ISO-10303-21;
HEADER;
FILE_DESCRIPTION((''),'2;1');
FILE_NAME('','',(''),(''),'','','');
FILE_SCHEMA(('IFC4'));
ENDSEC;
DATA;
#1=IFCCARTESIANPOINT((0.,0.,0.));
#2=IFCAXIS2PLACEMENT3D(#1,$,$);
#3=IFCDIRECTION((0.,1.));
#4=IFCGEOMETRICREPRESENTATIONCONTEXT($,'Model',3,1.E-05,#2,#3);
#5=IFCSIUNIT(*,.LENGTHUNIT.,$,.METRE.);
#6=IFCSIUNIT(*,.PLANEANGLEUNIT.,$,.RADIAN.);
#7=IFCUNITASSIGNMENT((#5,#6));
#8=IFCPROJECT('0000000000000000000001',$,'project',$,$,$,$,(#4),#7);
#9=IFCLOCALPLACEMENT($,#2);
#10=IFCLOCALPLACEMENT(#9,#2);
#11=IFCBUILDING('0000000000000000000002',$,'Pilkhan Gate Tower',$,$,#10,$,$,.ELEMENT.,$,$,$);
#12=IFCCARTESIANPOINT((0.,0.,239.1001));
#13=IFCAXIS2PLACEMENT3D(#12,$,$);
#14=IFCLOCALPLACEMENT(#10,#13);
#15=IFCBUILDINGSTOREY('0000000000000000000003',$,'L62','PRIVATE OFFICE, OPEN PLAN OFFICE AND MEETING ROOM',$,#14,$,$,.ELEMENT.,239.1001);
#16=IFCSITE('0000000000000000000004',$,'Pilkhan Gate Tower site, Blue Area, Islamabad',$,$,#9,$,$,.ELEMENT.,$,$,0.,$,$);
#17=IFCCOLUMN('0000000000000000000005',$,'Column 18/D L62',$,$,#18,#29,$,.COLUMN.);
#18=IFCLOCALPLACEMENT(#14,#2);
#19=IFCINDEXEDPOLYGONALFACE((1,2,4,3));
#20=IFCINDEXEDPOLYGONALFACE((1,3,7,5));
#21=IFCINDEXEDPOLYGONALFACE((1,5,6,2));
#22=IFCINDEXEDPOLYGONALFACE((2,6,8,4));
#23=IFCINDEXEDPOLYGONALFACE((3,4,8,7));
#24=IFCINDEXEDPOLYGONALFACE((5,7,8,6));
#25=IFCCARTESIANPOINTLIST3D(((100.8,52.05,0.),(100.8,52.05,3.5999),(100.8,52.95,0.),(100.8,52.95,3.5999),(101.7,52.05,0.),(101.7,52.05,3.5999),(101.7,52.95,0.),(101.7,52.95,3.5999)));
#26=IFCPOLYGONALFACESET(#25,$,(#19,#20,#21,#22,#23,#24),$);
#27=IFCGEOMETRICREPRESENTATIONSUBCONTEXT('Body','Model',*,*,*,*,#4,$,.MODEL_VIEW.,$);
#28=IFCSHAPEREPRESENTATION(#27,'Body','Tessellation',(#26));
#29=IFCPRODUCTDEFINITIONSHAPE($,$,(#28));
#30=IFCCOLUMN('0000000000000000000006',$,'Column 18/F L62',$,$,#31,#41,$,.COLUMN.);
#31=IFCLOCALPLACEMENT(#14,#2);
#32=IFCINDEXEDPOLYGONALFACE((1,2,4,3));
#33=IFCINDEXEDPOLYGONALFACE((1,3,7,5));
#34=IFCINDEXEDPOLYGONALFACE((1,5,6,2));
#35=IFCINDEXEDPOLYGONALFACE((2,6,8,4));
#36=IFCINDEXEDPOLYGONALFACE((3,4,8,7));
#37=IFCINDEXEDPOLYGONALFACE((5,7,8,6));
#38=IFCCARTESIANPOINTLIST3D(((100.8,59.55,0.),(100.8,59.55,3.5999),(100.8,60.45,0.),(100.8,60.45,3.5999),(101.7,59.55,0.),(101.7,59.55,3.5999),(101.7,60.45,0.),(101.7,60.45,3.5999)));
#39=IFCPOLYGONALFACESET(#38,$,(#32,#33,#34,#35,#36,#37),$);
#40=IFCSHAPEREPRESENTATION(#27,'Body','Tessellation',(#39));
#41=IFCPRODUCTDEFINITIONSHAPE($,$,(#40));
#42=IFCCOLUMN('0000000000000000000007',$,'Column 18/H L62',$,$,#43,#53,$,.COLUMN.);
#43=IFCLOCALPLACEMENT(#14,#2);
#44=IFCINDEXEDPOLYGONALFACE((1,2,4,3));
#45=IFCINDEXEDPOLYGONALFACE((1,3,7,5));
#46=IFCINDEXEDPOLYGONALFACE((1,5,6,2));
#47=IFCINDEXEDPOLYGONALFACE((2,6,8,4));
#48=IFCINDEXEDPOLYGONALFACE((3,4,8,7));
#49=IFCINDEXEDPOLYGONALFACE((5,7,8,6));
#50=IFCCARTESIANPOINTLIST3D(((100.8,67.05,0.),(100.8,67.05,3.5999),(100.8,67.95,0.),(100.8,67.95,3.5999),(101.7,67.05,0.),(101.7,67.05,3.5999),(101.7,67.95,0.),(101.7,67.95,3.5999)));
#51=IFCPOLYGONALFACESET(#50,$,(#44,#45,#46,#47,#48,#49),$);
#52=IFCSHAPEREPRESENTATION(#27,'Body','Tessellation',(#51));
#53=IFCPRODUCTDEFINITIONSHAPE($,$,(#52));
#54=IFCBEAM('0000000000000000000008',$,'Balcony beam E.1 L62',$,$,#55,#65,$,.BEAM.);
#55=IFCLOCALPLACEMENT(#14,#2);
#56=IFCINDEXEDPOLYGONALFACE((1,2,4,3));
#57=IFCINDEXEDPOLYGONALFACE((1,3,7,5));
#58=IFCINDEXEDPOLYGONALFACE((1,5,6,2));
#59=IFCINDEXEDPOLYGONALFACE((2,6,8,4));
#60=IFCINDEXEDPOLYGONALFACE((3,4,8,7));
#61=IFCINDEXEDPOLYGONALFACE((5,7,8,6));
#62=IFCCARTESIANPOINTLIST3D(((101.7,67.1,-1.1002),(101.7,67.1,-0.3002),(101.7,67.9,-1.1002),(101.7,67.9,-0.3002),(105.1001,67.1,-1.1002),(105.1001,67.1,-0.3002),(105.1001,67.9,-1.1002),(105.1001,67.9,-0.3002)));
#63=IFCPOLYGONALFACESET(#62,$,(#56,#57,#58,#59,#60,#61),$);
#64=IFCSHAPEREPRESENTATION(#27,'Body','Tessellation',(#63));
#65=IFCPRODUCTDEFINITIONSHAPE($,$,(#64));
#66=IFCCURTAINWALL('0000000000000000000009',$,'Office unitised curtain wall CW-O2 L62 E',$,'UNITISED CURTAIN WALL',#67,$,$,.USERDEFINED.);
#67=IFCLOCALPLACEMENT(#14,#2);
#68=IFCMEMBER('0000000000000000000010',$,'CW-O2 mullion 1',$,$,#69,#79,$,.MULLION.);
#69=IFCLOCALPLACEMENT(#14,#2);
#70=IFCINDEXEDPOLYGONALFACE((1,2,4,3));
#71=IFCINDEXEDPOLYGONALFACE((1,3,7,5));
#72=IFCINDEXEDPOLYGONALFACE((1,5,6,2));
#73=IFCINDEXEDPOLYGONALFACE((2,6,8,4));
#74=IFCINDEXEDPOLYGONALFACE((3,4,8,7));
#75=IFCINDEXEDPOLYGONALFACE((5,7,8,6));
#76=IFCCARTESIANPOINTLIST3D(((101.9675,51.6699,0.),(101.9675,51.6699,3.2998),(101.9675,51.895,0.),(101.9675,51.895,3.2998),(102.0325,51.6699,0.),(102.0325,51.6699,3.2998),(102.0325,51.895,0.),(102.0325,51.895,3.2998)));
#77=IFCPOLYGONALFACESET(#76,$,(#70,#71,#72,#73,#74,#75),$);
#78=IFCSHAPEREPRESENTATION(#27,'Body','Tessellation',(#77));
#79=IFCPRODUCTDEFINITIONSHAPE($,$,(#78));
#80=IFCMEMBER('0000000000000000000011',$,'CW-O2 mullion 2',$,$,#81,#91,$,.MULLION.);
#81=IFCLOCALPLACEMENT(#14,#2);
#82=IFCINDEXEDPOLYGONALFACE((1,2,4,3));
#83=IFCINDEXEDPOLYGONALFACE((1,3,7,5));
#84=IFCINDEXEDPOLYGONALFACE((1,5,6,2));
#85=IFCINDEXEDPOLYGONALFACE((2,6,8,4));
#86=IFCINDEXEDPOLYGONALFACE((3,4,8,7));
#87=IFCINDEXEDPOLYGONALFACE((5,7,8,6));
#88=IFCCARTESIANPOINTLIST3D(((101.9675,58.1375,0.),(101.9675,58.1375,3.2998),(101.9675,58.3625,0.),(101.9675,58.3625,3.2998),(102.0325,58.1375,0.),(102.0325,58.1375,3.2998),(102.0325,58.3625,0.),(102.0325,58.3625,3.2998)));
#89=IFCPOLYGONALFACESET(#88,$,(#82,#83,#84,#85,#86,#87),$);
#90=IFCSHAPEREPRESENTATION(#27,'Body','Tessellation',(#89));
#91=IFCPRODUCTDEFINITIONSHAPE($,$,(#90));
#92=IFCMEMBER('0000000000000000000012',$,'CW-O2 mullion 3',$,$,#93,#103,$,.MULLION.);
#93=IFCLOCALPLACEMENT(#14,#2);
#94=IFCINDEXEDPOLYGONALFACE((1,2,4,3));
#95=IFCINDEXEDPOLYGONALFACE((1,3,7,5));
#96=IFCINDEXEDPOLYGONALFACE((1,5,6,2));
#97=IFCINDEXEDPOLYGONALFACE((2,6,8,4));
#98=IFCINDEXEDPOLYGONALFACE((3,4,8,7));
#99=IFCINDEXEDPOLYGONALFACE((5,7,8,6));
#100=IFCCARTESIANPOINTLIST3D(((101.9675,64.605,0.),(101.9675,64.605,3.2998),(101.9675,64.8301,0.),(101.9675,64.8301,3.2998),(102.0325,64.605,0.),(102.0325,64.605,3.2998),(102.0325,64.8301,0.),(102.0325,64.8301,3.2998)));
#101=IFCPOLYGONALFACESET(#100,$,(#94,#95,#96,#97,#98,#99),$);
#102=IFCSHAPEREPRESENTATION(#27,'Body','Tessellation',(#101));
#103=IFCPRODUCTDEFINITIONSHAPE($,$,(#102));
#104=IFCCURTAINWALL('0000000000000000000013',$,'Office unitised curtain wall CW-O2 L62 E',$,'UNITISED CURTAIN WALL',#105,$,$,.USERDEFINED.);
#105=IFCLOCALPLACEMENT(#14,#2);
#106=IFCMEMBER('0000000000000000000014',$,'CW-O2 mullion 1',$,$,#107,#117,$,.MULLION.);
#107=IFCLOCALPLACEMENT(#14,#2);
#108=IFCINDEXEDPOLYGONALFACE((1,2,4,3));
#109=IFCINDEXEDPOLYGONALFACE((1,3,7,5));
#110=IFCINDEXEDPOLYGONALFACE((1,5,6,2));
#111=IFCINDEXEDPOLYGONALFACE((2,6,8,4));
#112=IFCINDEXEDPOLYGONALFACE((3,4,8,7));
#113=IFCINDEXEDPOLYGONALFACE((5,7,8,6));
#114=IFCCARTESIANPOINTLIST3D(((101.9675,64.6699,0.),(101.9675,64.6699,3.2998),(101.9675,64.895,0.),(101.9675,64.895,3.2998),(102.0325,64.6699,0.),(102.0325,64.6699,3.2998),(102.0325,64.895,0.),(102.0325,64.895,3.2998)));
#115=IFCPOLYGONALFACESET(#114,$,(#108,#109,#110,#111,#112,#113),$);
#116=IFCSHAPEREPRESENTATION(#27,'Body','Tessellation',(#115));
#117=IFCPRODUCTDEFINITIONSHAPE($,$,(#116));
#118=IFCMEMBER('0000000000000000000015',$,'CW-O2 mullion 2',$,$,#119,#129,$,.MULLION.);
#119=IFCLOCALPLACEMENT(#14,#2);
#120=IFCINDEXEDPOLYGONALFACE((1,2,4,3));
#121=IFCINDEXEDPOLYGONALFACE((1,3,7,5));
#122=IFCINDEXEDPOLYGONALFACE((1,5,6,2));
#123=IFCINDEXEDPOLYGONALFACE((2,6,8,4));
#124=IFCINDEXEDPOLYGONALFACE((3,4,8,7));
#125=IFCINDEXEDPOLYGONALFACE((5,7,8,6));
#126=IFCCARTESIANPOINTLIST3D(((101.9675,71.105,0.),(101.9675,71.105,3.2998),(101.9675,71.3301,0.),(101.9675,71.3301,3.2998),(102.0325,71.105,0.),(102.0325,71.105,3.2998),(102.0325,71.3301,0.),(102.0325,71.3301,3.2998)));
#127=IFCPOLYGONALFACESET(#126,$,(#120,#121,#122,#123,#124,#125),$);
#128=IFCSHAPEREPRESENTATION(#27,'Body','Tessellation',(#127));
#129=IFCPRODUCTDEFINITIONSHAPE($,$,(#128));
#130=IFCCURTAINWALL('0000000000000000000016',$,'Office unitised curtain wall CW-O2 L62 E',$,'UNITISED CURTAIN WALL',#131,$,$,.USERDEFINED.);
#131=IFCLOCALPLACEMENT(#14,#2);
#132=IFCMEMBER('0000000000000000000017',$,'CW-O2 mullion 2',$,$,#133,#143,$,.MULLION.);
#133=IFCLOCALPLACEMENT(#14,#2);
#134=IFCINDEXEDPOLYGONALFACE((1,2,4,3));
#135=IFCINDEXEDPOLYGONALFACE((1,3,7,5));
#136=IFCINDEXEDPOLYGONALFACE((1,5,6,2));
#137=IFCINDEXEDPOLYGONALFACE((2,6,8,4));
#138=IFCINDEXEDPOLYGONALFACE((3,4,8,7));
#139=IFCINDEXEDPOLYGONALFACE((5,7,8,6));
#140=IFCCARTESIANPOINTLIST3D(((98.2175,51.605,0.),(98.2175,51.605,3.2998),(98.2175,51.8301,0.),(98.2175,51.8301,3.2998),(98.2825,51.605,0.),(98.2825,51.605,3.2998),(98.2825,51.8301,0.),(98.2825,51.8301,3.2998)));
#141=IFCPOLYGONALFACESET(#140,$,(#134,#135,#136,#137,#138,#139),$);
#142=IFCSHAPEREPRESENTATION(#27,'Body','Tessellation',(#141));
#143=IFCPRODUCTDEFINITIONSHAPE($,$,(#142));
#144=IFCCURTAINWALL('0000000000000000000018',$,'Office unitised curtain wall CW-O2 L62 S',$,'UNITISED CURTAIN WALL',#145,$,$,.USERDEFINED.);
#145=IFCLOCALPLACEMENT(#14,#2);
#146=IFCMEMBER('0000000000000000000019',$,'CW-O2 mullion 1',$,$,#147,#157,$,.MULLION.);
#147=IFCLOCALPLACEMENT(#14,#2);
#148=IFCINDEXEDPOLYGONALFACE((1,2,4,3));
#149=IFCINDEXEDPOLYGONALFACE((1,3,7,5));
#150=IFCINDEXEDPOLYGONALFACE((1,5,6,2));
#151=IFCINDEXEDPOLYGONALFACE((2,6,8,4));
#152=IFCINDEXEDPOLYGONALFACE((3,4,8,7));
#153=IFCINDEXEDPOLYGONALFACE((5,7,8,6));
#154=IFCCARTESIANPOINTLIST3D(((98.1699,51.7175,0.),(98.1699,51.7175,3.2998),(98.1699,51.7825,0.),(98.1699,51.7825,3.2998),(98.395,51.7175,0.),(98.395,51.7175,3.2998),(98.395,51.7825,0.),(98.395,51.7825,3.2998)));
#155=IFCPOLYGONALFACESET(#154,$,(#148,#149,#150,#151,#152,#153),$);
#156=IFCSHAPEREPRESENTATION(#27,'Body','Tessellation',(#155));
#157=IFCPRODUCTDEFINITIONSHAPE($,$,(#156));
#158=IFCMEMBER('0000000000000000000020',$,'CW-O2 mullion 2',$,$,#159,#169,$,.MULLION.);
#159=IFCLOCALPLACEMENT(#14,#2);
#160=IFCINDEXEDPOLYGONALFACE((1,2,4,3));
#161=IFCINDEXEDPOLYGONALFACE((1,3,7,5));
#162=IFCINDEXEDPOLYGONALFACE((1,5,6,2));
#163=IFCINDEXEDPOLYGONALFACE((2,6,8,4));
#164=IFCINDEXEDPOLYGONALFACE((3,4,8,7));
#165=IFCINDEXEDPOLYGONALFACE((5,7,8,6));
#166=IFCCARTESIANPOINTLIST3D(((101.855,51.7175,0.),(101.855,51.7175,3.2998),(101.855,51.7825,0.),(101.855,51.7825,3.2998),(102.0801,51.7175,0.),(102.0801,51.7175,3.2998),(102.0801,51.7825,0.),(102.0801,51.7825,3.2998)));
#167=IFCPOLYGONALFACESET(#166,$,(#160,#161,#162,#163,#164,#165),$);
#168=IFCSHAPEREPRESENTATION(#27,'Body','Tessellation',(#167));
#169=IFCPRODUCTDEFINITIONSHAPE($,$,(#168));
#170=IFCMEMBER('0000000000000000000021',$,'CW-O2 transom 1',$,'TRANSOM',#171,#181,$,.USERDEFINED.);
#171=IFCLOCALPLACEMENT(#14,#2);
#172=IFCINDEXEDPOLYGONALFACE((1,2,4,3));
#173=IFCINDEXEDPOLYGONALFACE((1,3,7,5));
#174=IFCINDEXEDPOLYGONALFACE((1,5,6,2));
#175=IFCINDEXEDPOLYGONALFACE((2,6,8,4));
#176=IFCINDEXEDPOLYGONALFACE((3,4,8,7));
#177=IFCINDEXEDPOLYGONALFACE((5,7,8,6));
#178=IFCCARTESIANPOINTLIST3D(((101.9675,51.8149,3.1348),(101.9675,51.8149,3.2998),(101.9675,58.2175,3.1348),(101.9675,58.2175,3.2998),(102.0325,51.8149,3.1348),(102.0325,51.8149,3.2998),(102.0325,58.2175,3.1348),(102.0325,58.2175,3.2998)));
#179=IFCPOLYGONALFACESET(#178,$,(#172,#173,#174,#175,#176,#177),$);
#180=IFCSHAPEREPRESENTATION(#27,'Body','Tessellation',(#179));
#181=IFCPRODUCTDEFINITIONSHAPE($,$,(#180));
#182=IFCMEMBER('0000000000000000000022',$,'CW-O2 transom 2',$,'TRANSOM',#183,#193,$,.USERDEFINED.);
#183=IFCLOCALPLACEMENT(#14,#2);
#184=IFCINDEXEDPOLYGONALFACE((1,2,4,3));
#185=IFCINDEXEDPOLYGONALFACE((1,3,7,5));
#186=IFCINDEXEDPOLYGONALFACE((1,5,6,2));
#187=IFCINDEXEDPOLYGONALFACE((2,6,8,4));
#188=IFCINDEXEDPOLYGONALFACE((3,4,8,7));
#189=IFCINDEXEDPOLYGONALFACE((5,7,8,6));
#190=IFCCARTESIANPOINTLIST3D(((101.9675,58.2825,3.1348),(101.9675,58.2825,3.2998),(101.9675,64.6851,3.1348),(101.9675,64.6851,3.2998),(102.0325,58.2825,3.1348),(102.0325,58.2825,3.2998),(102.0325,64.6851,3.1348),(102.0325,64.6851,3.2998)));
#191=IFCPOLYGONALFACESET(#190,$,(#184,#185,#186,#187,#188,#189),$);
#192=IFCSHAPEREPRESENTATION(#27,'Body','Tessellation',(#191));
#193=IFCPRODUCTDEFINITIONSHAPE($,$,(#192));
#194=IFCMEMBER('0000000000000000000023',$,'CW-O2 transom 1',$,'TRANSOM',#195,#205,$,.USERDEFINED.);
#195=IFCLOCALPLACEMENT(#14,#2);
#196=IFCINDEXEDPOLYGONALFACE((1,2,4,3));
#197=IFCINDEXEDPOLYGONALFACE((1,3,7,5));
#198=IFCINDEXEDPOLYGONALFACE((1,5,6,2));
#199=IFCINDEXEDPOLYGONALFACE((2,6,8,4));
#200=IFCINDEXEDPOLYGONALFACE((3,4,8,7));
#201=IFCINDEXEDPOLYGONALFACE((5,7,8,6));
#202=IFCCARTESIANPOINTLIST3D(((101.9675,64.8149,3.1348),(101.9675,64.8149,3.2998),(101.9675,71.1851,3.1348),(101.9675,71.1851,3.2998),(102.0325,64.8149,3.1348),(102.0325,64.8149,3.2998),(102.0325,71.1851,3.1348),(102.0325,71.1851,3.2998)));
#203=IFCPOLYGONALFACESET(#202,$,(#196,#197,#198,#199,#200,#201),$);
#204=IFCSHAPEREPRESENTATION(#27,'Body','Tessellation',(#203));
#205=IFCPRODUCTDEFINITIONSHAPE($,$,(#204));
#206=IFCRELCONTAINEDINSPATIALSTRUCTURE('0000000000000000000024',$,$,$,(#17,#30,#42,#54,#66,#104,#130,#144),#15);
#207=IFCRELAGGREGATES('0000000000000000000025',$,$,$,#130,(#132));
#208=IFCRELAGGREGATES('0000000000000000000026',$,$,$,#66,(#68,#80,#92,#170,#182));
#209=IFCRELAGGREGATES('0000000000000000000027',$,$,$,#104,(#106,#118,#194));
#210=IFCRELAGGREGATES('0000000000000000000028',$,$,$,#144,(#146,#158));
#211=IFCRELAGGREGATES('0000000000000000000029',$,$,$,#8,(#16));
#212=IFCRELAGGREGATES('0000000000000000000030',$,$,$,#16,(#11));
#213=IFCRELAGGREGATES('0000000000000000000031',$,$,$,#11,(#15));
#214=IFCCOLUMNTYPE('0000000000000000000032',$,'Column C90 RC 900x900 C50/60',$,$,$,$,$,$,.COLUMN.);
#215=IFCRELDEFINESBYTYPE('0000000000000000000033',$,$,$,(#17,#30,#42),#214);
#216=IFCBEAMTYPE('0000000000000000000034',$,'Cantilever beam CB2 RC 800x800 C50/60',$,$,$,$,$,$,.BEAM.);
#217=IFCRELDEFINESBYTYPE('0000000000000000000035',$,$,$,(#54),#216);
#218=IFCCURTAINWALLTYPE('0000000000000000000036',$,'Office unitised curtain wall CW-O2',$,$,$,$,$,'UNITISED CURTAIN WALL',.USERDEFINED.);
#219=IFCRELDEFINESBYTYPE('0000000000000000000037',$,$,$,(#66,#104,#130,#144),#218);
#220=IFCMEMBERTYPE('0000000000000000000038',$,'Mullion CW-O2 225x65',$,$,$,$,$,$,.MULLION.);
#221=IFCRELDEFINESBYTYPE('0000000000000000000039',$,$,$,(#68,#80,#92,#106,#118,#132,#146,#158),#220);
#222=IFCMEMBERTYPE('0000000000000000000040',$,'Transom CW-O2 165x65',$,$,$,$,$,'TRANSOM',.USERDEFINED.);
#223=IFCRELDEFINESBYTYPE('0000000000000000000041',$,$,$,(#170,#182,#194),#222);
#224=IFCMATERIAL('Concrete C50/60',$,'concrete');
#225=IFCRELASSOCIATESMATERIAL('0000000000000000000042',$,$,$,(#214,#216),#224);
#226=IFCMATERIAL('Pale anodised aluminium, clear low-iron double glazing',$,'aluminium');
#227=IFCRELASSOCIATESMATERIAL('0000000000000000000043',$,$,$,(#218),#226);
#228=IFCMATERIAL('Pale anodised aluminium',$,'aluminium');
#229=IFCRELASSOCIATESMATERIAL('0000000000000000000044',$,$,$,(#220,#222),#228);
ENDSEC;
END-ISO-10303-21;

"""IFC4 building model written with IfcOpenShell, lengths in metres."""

from ifc_helpers import new_model, si_unit, direction, frame, origin, origin_2d, place, context, subcontext, project, spatial, rectangle, extrude, material, material_profile, profile_set, type_object, element, aggregate, save


model = new_model("IFC4")

# Units and contexts
model_context = context("Model", 3, precision=1e-05, world=origin(), true_north=direction((0.0, 1.0)))
body_context = subcontext(model_context, "Body", "Model", "MODEL_VIEW")
ifc_project = project(units=[si_unit("LENGTHUNIT", "METRE"), si_unit("PLANEANGLEUNIT", "RADIAN")], contexts=[model_context])

# Site, building, storey
site_placement = place(None, origin())
site = spatial("IfcSite", under=ifc_project, at=site_placement, Name="Pilkhan Gate Tower site, Blue Area, Islamabad", CompositionType="ELEMENT", RefElevation=0.0)
building_placement = place(site_placement, origin())
building = spatial("IfcBuilding", under=site, at=building_placement, Name="Pilkhan Gate Tower", CompositionType="ELEMENT")
storey_placement = place(building_placement, frame((0.0, 0.0, 239.1001)))
storey = spatial("IfcBuildingStorey", under=building, at=storey_placement, Name="L62", Description="PRIVATE OFFICE, OPEN PLAN OFFICE AND MEETING ROOM", CompositionType="ELEMENT", Elevation=239.1001)

# Columns
ifc_material_1 = material(Name="Concrete C50/60", Category="concrete")
ifc_material_profile_1 = material_profile(ifc_material_1, rectangle(XDim=0.8999, YDim=0.8999, at=origin_2d()), Name="RC 900x900")
ifc_profile_set_1 = profile_set([ifc_material_profile_1], Name="Concrete C50/60")
column_type = type_object("IfcColumnType", Name="Column C90 RC 900x900 C50/60", PredefinedType="COLUMN", material=ifc_profile_set_1)
for number, where, z_axis, x_axis, name in (
    (1, (101.25, 52.5, 0.0), (0.0, 0.0, 1.0), (1.0, 0.0, 0.0), "Column 18/D L62"),
    (2, (101.25, 60.0, 0.0), (0.0, 0.0, 1.0), (1.0, 0.0, 0.0), "Column 18/F L62"),
    (3, (101.25, 67.5, 0.0), (0.0, 0.0, 1.0), (1.0, 0.0, 0.0), "Column 18/H L62"),
):
    element("IfcColumn", number, at=place(storey_placement, frame(where, z_axis=z_axis, x_axis=x_axis)), inside=storey, type_object=column_type, Name=name, PredefinedType="COLUMN", context=body_context, shape_type="SweptSolid", body=[
        extrude(rectangle(XDim=0.8999, YDim=0.8999, at=origin_2d()), origin(), (0.0, 0.0, 1.0), 3.5999),
    ])

# Beam
ifc_material_profile_2 = material_profile(ifc_material_1, rectangle(XDim=0.8, YDim=0.8, at=origin_2d()), Name="RC 800x800")
ifc_profile_set_2 = profile_set([ifc_material_profile_2], Name="Concrete C50/60")
beam_type = type_object("IfcBeamType", Name="Cantilever beam CB2 RC 800x800 C50/60", PredefinedType="BEAM", material=ifc_profile_set_2)
beam_placement = place(storey_placement, frame((101.7, 67.5, -0.7002), z_axis=(1.0, 0.0, 0.0), x_axis=(0.0, 1.0, 0.0)))
element("IfcBeam", 4, at=beam_placement, inside=storey, type_object=beam_type, Name="Balcony beam E.1 L62", PredefinedType="BEAM", context=body_context, shape_type="SweptSolid", body=[
    extrude(rectangle(XDim=0.8, YDim=0.8, at=origin_2d()), origin(), (0.0, 0.0, 1.0), 3.4001),
])

# Curtain walls, members
ifc_material_2 = material(Name="Pale anodised aluminium, clear low-iron double glazing", Category="aluminium")
curtain_wall_type = type_object("IfcCurtainWallType", Name="Office unitised curtain wall CW-O2", ElementType="UNITISED CURTAIN WALL", PredefinedType="USERDEFINED", material=ifc_material_2)
curtain_wall_1_placement = place(storey_placement, origin())
curtain_wall_1 = element("IfcCurtainWall", 5, at=curtain_wall_1_placement, inside=storey, type_object=curtain_wall_type, Name="Office unitised curtain wall CW-O2 L62 E", ObjectType="UNITISED CURTAIN WALL", PredefinedType="USERDEFINED")
ifc_material_3 = material(Name="Pale anodised aluminium", Category="aluminium")
ifc_material_profile_3 = material_profile(ifc_material_3, rectangle(XDim=0.0649, YDim=0.2251, at=origin_2d()), Name="Mullion 225x65")
ifc_profile_set_3 = profile_set([ifc_material_profile_3], Name="Pale anodised aluminium")
member_type_1 = type_object("IfcMemberType", Name="Mullion CW-O2 225x65", PredefinedType="MULLION", material=ifc_profile_set_3)
member_1_placement = place(storey_placement, frame((102.0, 51.7825, 0.0), z_axis=(0.0, 0.0, 1.0), x_axis=(-1.0, 0.0, 0.0)))
member_1 = element("IfcMember", 6, at=member_1_placement, type_object=member_type_1, Name="CW-O2 mullion 1", PredefinedType="MULLION", context=body_context, shape_type="SweptSolid", body=[
    extrude(rectangle(XDim=0.0649, YDim=0.2251, at=origin_2d()), origin(), (0.0, 0.0, 1.0), 3.2998),
])
member_2_placement = place(storey_placement, frame((102.0, 58.25, 0.0), z_axis=(0.0, 0.0, 1.0), x_axis=(-1.0, 0.0, 0.0)))
member_2 = element("IfcMember", 7, at=member_2_placement, type_object=member_type_1, Name="CW-O2 mullion 2", PredefinedType="MULLION", context=body_context, shape_type="SweptSolid", body=[
    extrude(rectangle(XDim=0.0649, YDim=0.2251, at=origin_2d()), origin(), (0.0, 0.0, 1.0), 3.2998),
])
member_3_placement = place(storey_placement, frame((102.0, 64.7175, 0.0), z_axis=(0.0, 0.0, 1.0), x_axis=(-1.0, 0.0, 0.0)))
member_3 = element("IfcMember", 8, at=member_3_placement, type_object=member_type_1, Name="CW-O2 mullion 3", PredefinedType="MULLION", context=body_context, shape_type="SweptSolid", body=[
    extrude(rectangle(XDim=0.0649, YDim=0.2251, at=origin_2d()), origin(), (0.0, 0.0, 1.0), 3.2998),
])
curtain_wall_2_placement = place(storey_placement, origin())
curtain_wall_2 = element("IfcCurtainWall", 9, at=curtain_wall_2_placement, inside=storey, type_object=curtain_wall_type, Name="Office unitised curtain wall CW-O2 L62 E", ObjectType="UNITISED CURTAIN WALL", PredefinedType="USERDEFINED")
member_4_placement = place(storey_placement, frame((102.0, 64.7825, 0.0), z_axis=(0.0, 0.0, 1.0), x_axis=(-1.0, 0.0, 0.0)))
member_4 = element("IfcMember", 10, at=member_4_placement, type_object=member_type_1, Name="CW-O2 mullion 1", PredefinedType="MULLION", context=body_context, shape_type="SweptSolid", body=[
    extrude(rectangle(XDim=0.0649, YDim=0.2251, at=origin_2d()), origin(), (0.0, 0.0, 1.0), 3.2998),
])
member_5_placement = place(storey_placement, frame((102.0, 71.2175, 0.0), z_axis=(0.0, 0.0, 1.0), x_axis=(-1.0, 0.0, 0.0)))
member_5 = element("IfcMember", 11, at=member_5_placement, type_object=member_type_1, Name="CW-O2 mullion 2", PredefinedType="MULLION", context=body_context, shape_type="SweptSolid", body=[
    extrude(rectangle(XDim=0.0649, YDim=0.2251, at=origin_2d()), origin(), (0.0, 0.0, 1.0), 3.2998),
])

# Curtain wall, member
curtain_wall_3_placement = place(storey_placement, origin())
curtain_wall_3 = element("IfcCurtainWall", 12, at=curtain_wall_3_placement, inside=storey, type_object=curtain_wall_type, Name="Office unitised curtain wall CW-O2 L62 E", ObjectType="UNITISED CURTAIN WALL", PredefinedType="USERDEFINED")
member_6_placement = place(storey_placement, frame((98.25, 51.7175, 0.0), z_axis=(0.0, 0.0, 1.0), x_axis=(-1.0, 0.0, 0.0)))
member_6 = element("IfcMember", 13, at=member_6_placement, type_object=member_type_1, Name="CW-O2 mullion 2", PredefinedType="MULLION", context=body_context, shape_type="SweptSolid", body=[
    extrude(rectangle(XDim=0.0649, YDim=0.2251, at=origin_2d()), origin(), (0.0, 0.0, 1.0), 3.2998),
])
aggregate(curtain_wall_3, [member_6])

# Curtain wall, members
curtain_wall_4_placement = place(storey_placement, origin())
curtain_wall_4 = element("IfcCurtainWall", 14, at=curtain_wall_4_placement, inside=storey, type_object=curtain_wall_type, Name="Office unitised curtain wall CW-O2 L62 S", ObjectType="UNITISED CURTAIN WALL", PredefinedType="USERDEFINED")
member_7_placement = place(storey_placement, frame((98.2825, 51.75, 0.0), z_axis=(0.0, 0.0, 1.0), x_axis=(0.0, 1.0, 0.0)))
member_7 = element("IfcMember", 15, at=member_7_placement, type_object=member_type_1, Name="CW-O2 mullion 1", PredefinedType="MULLION", context=body_context, shape_type="SweptSolid", body=[
    extrude(rectangle(XDim=0.0649, YDim=0.2251, at=origin_2d()), origin(), (0.0, 0.0, 1.0), 3.2998),
])
member_8_placement = place(storey_placement, frame((101.9675, 51.75, 0.0), z_axis=(0.0, 0.0, 1.0), x_axis=(0.0, 1.0, 0.0)))
member_8 = element("IfcMember", 16, at=member_8_placement, type_object=member_type_1, Name="CW-O2 mullion 2", PredefinedType="MULLION", context=body_context, shape_type="SweptSolid", body=[
    extrude(rectangle(XDim=0.0649, YDim=0.2251, at=origin_2d()), origin(), (0.0, 0.0, 1.0), 3.2998),
])

# Members
ifc_material_profile_4 = material_profile(ifc_material_3, rectangle(XDim=0.0649, YDim=0.165, at=origin_2d()), Name="Transom 165x65")
ifc_profile_set_4 = profile_set([ifc_material_profile_4], Name="Pale anodised aluminium")
member_type_2 = type_object("IfcMemberType", Name="Transom CW-O2 165x65", ElementType="TRANSOM", PredefinedType="USERDEFINED", material=ifc_profile_set_4)
member_9_placement = place(storey_placement, frame((102.0, 51.8149, 3.2173), z_axis=(0.0, 1.0, 0.0), x_axis=(-1.0, 0.0, 0.0)))
member_9 = element("IfcMember", 17, at=member_9_placement, type_object=member_type_2, Name="CW-O2 transom 1", ObjectType="TRANSOM", PredefinedType="USERDEFINED", context=body_context, shape_type="SweptSolid", body=[
    extrude(rectangle(XDim=0.0649, YDim=0.165, at=origin_2d()), origin(), (0.0, 0.0, 1.0), 6.4026),
])
member_10_placement = place(storey_placement, frame((102.0, 58.2825, 3.2173), z_axis=(0.0, 1.0, 0.0), x_axis=(-1.0, 0.0, 0.0)))
member_10 = element("IfcMember", 18, at=member_10_placement, type_object=member_type_2, Name="CW-O2 transom 2", ObjectType="TRANSOM", PredefinedType="USERDEFINED", context=body_context, shape_type="SweptSolid", body=[
    extrude(rectangle(XDim=0.0649, YDim=0.165, at=origin_2d()), origin(), (0.0, 0.0, 1.0), 6.4026),
])
member_11_placement = place(storey_placement, frame((102.0, 64.8149, 3.2173), z_axis=(0.0, 1.0, 0.0), x_axis=(-1.0, 0.0, 0.0)))
member_11 = element("IfcMember", 19, at=member_11_placement, type_object=member_type_2, Name="CW-O2 transom 1", ObjectType="TRANSOM", PredefinedType="USERDEFINED", context=body_context, shape_type="SweptSolid", body=[
    extrude(rectangle(XDim=0.0649, YDim=0.165, at=origin_2d()), origin(), (0.0, 0.0, 1.0), 6.3701),
])

aggregate(curtain_wall_1, [member_1, member_2, member_3, member_9, member_10])
aggregate(curtain_wall_2, [member_4, member_5, member_11])
aggregate(curtain_wall_4, [member_7, member_8])

save(model, "model.ifc")
